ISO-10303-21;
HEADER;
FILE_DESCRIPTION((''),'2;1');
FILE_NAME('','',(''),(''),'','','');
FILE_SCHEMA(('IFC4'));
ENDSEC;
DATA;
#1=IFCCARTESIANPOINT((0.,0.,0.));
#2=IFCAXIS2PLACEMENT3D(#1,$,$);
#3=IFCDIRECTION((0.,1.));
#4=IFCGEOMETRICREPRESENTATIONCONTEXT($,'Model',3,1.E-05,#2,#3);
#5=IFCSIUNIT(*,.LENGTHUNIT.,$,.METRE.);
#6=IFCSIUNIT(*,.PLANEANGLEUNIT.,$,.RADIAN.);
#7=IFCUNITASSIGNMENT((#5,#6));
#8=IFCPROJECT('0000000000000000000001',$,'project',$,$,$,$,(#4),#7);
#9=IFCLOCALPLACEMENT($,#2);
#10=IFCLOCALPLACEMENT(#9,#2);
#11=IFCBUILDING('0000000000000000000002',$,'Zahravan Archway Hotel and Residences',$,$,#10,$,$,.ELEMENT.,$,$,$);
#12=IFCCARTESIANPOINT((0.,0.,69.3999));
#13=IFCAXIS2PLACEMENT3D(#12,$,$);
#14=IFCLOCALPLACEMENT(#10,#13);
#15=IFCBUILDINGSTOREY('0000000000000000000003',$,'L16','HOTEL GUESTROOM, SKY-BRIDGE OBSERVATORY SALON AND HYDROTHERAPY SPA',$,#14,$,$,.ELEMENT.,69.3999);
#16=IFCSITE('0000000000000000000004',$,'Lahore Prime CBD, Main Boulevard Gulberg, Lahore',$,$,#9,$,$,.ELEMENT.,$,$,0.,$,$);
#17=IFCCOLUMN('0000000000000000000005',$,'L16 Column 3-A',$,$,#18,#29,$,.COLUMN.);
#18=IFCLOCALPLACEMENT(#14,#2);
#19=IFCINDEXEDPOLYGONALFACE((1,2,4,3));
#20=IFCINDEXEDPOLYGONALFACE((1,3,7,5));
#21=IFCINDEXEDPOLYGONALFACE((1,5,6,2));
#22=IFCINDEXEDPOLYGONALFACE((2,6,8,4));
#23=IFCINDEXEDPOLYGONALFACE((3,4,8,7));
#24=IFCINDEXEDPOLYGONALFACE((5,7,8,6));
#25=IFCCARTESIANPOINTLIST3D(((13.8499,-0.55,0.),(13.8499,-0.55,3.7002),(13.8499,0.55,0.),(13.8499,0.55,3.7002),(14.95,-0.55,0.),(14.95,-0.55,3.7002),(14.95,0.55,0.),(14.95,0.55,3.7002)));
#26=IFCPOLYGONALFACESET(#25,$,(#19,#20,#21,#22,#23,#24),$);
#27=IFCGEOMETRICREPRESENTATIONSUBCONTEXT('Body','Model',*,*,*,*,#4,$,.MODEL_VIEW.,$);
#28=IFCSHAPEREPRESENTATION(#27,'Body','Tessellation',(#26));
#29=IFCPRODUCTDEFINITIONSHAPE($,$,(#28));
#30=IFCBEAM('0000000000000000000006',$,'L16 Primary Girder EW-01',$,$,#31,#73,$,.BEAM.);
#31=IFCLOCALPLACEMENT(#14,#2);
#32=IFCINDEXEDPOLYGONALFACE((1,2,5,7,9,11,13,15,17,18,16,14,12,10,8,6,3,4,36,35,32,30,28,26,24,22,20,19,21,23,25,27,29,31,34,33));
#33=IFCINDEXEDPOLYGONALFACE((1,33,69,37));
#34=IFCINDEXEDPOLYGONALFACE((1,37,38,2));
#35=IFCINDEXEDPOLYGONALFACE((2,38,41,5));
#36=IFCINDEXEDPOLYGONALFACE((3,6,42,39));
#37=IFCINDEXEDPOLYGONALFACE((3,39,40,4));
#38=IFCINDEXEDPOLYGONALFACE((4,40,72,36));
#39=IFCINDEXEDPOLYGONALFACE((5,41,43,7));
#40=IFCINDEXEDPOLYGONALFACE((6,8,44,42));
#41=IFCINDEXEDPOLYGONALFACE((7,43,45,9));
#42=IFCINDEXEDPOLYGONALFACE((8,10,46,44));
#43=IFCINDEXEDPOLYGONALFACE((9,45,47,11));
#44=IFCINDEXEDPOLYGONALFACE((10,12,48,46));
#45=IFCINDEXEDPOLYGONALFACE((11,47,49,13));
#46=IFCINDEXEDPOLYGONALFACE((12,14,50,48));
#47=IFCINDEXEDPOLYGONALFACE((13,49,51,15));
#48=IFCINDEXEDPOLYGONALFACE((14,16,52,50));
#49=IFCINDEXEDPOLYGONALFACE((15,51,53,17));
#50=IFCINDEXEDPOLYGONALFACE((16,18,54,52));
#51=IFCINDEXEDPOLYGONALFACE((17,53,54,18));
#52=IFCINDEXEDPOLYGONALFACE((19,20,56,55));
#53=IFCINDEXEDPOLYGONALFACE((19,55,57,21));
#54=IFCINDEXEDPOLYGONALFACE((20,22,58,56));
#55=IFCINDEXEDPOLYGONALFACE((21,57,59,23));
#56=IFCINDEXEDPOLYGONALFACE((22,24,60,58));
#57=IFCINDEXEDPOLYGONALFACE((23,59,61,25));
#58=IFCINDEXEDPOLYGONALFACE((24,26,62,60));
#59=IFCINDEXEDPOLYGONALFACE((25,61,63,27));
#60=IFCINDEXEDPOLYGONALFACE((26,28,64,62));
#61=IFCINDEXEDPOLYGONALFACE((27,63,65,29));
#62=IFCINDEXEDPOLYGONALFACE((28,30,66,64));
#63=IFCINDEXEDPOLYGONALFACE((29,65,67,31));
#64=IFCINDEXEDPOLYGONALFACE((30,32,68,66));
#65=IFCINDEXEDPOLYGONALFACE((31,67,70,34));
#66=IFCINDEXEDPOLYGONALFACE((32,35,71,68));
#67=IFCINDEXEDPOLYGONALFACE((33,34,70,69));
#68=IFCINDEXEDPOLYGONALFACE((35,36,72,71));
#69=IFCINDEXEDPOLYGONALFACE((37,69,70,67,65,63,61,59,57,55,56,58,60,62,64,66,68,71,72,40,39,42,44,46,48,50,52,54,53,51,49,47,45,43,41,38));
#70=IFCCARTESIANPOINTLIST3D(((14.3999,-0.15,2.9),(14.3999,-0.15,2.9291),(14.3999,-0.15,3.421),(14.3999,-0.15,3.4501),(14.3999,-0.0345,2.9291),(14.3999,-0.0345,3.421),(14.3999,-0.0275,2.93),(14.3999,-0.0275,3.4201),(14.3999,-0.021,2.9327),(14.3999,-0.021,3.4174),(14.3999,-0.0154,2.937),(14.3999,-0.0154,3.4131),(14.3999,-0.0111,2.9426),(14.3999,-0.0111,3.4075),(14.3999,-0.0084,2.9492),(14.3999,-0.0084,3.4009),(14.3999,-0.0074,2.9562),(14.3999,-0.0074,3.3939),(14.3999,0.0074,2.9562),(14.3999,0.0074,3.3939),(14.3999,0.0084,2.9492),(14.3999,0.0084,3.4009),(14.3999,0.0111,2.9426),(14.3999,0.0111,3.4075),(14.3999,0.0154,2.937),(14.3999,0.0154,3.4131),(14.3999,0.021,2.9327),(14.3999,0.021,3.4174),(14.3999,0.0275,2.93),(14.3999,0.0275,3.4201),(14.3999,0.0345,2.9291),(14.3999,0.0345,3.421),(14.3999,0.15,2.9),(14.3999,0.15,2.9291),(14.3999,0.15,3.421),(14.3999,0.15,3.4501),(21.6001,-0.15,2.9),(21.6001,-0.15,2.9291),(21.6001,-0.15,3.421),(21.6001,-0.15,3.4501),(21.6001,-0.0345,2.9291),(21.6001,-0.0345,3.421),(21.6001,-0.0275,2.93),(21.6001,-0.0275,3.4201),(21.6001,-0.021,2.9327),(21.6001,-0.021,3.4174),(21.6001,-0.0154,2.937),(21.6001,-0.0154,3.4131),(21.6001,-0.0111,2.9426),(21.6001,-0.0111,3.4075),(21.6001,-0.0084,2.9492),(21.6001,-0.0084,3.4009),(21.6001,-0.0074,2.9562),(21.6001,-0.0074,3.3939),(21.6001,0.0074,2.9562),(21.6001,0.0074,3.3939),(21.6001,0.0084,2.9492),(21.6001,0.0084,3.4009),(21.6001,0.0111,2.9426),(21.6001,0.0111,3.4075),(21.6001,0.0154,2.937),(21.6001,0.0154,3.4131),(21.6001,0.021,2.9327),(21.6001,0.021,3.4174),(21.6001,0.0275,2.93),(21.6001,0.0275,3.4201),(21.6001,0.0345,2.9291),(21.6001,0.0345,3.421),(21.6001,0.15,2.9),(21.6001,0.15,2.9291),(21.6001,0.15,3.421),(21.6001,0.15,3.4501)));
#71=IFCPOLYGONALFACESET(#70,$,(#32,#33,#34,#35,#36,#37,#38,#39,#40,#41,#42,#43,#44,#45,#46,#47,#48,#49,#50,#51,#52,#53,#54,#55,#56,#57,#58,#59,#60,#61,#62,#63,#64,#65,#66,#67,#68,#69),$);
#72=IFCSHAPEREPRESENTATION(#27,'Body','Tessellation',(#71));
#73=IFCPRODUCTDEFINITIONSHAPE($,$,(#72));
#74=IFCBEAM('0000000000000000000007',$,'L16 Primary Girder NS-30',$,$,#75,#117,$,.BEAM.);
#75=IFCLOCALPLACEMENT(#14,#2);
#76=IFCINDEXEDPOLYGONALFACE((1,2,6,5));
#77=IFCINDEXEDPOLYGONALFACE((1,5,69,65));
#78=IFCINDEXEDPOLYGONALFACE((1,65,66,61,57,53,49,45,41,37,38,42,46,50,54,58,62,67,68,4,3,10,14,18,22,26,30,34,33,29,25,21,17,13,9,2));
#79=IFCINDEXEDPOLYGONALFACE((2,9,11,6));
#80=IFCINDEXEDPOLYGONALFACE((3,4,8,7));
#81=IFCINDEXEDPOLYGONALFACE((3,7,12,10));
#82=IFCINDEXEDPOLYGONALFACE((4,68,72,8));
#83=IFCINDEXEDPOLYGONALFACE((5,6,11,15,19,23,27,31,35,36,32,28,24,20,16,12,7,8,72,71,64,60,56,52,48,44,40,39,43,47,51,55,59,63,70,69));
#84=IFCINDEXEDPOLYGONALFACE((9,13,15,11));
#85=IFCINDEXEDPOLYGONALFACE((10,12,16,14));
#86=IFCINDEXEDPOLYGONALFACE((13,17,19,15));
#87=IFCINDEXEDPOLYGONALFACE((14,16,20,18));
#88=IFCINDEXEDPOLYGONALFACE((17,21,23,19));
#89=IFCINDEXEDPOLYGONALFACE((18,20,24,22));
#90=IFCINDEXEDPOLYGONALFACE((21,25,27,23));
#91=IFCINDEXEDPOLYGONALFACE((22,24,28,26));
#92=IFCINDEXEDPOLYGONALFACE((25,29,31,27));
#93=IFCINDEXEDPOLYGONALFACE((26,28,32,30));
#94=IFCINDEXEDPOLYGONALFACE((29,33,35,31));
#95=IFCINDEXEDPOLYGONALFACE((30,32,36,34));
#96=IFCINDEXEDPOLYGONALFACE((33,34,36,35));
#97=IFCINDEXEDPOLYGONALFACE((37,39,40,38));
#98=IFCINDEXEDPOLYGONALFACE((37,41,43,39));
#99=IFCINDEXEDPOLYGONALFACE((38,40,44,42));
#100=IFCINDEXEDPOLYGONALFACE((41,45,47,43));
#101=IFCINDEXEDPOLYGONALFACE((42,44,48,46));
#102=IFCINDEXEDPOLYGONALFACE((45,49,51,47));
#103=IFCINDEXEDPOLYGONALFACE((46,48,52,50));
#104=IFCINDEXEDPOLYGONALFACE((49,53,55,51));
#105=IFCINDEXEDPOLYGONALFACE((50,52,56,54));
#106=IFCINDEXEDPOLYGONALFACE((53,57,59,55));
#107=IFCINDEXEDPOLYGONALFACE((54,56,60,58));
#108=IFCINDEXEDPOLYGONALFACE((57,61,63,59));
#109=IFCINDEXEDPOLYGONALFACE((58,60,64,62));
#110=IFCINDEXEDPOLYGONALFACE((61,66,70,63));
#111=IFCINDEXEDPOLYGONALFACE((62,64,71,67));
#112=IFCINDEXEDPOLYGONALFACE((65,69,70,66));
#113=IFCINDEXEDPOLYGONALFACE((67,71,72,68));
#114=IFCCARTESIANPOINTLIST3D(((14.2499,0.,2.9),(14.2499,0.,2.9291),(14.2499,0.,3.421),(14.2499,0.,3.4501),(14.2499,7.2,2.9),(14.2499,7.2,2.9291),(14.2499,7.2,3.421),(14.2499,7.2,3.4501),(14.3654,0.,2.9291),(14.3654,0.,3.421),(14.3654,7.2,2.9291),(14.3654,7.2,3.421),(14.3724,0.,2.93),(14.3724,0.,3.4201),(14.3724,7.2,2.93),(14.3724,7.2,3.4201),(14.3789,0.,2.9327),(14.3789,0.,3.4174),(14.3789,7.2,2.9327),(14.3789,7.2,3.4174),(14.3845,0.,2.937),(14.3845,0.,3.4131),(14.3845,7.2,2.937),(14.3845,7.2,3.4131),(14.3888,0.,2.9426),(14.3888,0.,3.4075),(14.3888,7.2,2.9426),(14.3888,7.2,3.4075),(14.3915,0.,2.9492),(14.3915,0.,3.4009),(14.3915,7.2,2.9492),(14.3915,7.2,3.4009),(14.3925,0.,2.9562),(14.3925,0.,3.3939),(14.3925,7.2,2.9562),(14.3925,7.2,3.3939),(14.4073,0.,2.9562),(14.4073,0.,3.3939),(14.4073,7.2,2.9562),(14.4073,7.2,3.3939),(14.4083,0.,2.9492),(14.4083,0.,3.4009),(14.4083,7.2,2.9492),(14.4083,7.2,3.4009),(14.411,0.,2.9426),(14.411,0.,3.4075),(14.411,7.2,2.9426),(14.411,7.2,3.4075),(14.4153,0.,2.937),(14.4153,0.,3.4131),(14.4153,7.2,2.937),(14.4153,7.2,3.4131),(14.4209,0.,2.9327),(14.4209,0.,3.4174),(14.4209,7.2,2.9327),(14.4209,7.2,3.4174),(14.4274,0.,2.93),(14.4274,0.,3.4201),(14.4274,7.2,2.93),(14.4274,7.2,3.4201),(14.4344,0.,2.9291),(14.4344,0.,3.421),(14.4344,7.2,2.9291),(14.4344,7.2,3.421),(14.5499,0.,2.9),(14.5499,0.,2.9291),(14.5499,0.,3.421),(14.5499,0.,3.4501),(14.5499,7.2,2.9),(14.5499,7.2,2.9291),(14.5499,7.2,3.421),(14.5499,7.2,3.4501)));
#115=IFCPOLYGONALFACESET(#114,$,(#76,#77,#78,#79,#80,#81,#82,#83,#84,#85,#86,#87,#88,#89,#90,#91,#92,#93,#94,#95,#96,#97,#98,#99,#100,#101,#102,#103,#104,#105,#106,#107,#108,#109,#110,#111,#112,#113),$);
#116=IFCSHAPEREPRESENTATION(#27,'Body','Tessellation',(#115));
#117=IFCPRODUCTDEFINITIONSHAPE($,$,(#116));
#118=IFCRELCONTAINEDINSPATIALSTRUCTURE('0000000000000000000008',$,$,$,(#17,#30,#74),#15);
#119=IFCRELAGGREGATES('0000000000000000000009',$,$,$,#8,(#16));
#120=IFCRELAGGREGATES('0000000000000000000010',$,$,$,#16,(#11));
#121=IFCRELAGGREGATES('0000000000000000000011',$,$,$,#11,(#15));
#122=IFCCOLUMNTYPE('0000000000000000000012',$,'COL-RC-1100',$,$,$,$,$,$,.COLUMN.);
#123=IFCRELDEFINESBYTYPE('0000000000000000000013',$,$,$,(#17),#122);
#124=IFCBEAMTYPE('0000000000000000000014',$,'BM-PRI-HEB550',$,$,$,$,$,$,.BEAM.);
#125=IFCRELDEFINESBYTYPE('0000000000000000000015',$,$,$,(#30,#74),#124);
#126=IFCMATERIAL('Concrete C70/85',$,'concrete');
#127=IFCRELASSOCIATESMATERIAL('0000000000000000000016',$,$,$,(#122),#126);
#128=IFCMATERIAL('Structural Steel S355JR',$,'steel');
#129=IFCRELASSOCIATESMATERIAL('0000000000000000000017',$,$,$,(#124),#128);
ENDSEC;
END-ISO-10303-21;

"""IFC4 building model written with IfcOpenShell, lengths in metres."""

from ifc_helpers import new_model, si_unit, direction, frame, origin, origin_2d, place, context, subcontext, project, spatial, rectangle, i_section, extrude, source, transform, mapped, material, material_profile, profile_set, type_object, type_shapes, element, save


model = new_model("IFC4")

# Units and contexts
model_context = context("Model", 3, precision=1e-05, world=origin(), true_north=direction((0.0, 1.0)))
body_context = subcontext(model_context, "Body", "Model", "MODEL_VIEW")
ifc_project = project(units=[si_unit("LENGTHUNIT", "METRE"), si_unit("PLANEANGLEUNIT", "RADIAN")], contexts=[model_context])

# Site, building, storey
site_placement = place(None, origin())
site = spatial("IfcSite", under=ifc_project, at=site_placement, Name="Lahore Prime CBD, Main Boulevard Gulberg, Lahore", CompositionType="ELEMENT", RefElevation=0.0)
building_placement = place(site_placement, origin())
building = spatial("IfcBuilding", under=site, at=building_placement, Name="Zahravan Archway Hotel and Residences", CompositionType="ELEMENT")
storey_placement = place(building_placement, frame((0.0, 0.0, 69.3999)))
storey = spatial("IfcBuildingStorey", under=building, at=storey_placement, Name="L16", Description="HOTEL GUESTROOM, SKY-BRIDGE OBSERVATORY SALON AND HYDROTHERAPY SPA", CompositionType="ELEMENT", Elevation=69.3999)

# Column
ifc_material_1 = material(Name="Concrete C70/85", Category="concrete")
ifc_material_profile_1 = material_profile(ifc_material_1, rectangle(XDim=1.1001, YDim=1.1001, at=origin_2d()), Name="RC 1100x1100", Category="concrete")
ifc_profile_set_1 = profile_set([ifc_material_profile_1], Name="Concrete C70/85")
column_type = type_object("IfcColumnType", Name="COL-RC-1100", PredefinedType="COLUMN", material=ifc_profile_set_1)
shared_shape_1 = source(origin(), body_context, "Body", "SweptSolid", [
    extrude(rectangle(XDim=1.1001, YDim=1.1001, at=origin_2d()), origin(), (0.0, 0.0, 1.0), 3.7002),
])
column_placement = place(storey_placement, frame((14.3999, 0.0, 0.0), z_axis=(0.0, 0.0, 1.0), x_axis=(1.0, 0.0, 0.0)))
element("IfcColumn", 1, at=column_placement, inside=storey, type_object=column_type, Name="L16 Column 3-A", PredefinedType="COLUMN", context=body_context, shape_type="MappedRepresentation", body=[
    mapped(shared_shape_1, transform((0.0, 0.0, 0.0), scale=1.0)),
])

# Beams
ifc_material_2 = material(Name="Structural Steel S355JR", Category="steel")
ifc_material_profile_2 = material_profile(ifc_material_2, i_section(OverallWidth=0.3, OverallDepth=0.55, WebThickness=0.0149, FlangeThickness=0.0291, FilletRadius=0.0271, at=origin_2d()), Name="HEB 550", Category="steel")
ifc_profile_set_2 = profile_set([ifc_material_profile_2], Name="Structural Steel S355JR")
beam_type = type_object("IfcBeamType", Name="BM-PRI-HEB550", PredefinedType="BEAM", material=ifc_profile_set_2)
shared_shape_2 = source(origin(), body_context, "Body", "SweptSolid", [
    extrude(i_section(OverallWidth=0.3, OverallDepth=0.55, WebThickness=0.0149, FlangeThickness=0.0291, FilletRadius=0.0271, at=origin_2d()), origin(), (0.0, 0.0, 1.0), 7.2002),
])
type_shapes(beam_type, [shared_shape_2])
beam_1_placement = place(storey_placement, frame((14.3999, 0.0, 3.175), z_axis=(1.0, 0.0, 0.0), x_axis=(0.0, 1.0, 0.0)))
element("IfcBeam", 2, at=beam_1_placement, inside=storey, type_object=beam_type, Name="L16 Primary Girder EW-01", PredefinedType="BEAM", context=body_context, shape_type="MappedRepresentation", body=[
    mapped(shared_shape_2, transform((0.0, 0.0, 0.0), scale=1.0)),
])
shared_shape_3 = source(origin(), body_context, "Body", "SweptSolid", [
    extrude(i_section(OverallWidth=0.3, OverallDepth=0.55, WebThickness=0.0149, FlangeThickness=0.0291, FilletRadius=0.0271, at=origin_2d()), origin(), (0.0, 0.0, 1.0), 7.2),
])
beam_2_placement = place(storey_placement, frame((14.3999, 0.0, 3.175), z_axis=(0.0, 1.0, 0.0), x_axis=(-1.0, 0.0, 0.0)))
element("IfcBeam", 3, at=beam_2_placement, inside=storey, type_object=beam_type, Name="L16 Primary Girder NS-30", PredefinedType="BEAM", context=body_context, shape_type="MappedRepresentation", body=[
    mapped(shared_shape_3, transform((0.0, 0.0, 0.0), scale=1.0)),
])

save(model, "model.ifc")
